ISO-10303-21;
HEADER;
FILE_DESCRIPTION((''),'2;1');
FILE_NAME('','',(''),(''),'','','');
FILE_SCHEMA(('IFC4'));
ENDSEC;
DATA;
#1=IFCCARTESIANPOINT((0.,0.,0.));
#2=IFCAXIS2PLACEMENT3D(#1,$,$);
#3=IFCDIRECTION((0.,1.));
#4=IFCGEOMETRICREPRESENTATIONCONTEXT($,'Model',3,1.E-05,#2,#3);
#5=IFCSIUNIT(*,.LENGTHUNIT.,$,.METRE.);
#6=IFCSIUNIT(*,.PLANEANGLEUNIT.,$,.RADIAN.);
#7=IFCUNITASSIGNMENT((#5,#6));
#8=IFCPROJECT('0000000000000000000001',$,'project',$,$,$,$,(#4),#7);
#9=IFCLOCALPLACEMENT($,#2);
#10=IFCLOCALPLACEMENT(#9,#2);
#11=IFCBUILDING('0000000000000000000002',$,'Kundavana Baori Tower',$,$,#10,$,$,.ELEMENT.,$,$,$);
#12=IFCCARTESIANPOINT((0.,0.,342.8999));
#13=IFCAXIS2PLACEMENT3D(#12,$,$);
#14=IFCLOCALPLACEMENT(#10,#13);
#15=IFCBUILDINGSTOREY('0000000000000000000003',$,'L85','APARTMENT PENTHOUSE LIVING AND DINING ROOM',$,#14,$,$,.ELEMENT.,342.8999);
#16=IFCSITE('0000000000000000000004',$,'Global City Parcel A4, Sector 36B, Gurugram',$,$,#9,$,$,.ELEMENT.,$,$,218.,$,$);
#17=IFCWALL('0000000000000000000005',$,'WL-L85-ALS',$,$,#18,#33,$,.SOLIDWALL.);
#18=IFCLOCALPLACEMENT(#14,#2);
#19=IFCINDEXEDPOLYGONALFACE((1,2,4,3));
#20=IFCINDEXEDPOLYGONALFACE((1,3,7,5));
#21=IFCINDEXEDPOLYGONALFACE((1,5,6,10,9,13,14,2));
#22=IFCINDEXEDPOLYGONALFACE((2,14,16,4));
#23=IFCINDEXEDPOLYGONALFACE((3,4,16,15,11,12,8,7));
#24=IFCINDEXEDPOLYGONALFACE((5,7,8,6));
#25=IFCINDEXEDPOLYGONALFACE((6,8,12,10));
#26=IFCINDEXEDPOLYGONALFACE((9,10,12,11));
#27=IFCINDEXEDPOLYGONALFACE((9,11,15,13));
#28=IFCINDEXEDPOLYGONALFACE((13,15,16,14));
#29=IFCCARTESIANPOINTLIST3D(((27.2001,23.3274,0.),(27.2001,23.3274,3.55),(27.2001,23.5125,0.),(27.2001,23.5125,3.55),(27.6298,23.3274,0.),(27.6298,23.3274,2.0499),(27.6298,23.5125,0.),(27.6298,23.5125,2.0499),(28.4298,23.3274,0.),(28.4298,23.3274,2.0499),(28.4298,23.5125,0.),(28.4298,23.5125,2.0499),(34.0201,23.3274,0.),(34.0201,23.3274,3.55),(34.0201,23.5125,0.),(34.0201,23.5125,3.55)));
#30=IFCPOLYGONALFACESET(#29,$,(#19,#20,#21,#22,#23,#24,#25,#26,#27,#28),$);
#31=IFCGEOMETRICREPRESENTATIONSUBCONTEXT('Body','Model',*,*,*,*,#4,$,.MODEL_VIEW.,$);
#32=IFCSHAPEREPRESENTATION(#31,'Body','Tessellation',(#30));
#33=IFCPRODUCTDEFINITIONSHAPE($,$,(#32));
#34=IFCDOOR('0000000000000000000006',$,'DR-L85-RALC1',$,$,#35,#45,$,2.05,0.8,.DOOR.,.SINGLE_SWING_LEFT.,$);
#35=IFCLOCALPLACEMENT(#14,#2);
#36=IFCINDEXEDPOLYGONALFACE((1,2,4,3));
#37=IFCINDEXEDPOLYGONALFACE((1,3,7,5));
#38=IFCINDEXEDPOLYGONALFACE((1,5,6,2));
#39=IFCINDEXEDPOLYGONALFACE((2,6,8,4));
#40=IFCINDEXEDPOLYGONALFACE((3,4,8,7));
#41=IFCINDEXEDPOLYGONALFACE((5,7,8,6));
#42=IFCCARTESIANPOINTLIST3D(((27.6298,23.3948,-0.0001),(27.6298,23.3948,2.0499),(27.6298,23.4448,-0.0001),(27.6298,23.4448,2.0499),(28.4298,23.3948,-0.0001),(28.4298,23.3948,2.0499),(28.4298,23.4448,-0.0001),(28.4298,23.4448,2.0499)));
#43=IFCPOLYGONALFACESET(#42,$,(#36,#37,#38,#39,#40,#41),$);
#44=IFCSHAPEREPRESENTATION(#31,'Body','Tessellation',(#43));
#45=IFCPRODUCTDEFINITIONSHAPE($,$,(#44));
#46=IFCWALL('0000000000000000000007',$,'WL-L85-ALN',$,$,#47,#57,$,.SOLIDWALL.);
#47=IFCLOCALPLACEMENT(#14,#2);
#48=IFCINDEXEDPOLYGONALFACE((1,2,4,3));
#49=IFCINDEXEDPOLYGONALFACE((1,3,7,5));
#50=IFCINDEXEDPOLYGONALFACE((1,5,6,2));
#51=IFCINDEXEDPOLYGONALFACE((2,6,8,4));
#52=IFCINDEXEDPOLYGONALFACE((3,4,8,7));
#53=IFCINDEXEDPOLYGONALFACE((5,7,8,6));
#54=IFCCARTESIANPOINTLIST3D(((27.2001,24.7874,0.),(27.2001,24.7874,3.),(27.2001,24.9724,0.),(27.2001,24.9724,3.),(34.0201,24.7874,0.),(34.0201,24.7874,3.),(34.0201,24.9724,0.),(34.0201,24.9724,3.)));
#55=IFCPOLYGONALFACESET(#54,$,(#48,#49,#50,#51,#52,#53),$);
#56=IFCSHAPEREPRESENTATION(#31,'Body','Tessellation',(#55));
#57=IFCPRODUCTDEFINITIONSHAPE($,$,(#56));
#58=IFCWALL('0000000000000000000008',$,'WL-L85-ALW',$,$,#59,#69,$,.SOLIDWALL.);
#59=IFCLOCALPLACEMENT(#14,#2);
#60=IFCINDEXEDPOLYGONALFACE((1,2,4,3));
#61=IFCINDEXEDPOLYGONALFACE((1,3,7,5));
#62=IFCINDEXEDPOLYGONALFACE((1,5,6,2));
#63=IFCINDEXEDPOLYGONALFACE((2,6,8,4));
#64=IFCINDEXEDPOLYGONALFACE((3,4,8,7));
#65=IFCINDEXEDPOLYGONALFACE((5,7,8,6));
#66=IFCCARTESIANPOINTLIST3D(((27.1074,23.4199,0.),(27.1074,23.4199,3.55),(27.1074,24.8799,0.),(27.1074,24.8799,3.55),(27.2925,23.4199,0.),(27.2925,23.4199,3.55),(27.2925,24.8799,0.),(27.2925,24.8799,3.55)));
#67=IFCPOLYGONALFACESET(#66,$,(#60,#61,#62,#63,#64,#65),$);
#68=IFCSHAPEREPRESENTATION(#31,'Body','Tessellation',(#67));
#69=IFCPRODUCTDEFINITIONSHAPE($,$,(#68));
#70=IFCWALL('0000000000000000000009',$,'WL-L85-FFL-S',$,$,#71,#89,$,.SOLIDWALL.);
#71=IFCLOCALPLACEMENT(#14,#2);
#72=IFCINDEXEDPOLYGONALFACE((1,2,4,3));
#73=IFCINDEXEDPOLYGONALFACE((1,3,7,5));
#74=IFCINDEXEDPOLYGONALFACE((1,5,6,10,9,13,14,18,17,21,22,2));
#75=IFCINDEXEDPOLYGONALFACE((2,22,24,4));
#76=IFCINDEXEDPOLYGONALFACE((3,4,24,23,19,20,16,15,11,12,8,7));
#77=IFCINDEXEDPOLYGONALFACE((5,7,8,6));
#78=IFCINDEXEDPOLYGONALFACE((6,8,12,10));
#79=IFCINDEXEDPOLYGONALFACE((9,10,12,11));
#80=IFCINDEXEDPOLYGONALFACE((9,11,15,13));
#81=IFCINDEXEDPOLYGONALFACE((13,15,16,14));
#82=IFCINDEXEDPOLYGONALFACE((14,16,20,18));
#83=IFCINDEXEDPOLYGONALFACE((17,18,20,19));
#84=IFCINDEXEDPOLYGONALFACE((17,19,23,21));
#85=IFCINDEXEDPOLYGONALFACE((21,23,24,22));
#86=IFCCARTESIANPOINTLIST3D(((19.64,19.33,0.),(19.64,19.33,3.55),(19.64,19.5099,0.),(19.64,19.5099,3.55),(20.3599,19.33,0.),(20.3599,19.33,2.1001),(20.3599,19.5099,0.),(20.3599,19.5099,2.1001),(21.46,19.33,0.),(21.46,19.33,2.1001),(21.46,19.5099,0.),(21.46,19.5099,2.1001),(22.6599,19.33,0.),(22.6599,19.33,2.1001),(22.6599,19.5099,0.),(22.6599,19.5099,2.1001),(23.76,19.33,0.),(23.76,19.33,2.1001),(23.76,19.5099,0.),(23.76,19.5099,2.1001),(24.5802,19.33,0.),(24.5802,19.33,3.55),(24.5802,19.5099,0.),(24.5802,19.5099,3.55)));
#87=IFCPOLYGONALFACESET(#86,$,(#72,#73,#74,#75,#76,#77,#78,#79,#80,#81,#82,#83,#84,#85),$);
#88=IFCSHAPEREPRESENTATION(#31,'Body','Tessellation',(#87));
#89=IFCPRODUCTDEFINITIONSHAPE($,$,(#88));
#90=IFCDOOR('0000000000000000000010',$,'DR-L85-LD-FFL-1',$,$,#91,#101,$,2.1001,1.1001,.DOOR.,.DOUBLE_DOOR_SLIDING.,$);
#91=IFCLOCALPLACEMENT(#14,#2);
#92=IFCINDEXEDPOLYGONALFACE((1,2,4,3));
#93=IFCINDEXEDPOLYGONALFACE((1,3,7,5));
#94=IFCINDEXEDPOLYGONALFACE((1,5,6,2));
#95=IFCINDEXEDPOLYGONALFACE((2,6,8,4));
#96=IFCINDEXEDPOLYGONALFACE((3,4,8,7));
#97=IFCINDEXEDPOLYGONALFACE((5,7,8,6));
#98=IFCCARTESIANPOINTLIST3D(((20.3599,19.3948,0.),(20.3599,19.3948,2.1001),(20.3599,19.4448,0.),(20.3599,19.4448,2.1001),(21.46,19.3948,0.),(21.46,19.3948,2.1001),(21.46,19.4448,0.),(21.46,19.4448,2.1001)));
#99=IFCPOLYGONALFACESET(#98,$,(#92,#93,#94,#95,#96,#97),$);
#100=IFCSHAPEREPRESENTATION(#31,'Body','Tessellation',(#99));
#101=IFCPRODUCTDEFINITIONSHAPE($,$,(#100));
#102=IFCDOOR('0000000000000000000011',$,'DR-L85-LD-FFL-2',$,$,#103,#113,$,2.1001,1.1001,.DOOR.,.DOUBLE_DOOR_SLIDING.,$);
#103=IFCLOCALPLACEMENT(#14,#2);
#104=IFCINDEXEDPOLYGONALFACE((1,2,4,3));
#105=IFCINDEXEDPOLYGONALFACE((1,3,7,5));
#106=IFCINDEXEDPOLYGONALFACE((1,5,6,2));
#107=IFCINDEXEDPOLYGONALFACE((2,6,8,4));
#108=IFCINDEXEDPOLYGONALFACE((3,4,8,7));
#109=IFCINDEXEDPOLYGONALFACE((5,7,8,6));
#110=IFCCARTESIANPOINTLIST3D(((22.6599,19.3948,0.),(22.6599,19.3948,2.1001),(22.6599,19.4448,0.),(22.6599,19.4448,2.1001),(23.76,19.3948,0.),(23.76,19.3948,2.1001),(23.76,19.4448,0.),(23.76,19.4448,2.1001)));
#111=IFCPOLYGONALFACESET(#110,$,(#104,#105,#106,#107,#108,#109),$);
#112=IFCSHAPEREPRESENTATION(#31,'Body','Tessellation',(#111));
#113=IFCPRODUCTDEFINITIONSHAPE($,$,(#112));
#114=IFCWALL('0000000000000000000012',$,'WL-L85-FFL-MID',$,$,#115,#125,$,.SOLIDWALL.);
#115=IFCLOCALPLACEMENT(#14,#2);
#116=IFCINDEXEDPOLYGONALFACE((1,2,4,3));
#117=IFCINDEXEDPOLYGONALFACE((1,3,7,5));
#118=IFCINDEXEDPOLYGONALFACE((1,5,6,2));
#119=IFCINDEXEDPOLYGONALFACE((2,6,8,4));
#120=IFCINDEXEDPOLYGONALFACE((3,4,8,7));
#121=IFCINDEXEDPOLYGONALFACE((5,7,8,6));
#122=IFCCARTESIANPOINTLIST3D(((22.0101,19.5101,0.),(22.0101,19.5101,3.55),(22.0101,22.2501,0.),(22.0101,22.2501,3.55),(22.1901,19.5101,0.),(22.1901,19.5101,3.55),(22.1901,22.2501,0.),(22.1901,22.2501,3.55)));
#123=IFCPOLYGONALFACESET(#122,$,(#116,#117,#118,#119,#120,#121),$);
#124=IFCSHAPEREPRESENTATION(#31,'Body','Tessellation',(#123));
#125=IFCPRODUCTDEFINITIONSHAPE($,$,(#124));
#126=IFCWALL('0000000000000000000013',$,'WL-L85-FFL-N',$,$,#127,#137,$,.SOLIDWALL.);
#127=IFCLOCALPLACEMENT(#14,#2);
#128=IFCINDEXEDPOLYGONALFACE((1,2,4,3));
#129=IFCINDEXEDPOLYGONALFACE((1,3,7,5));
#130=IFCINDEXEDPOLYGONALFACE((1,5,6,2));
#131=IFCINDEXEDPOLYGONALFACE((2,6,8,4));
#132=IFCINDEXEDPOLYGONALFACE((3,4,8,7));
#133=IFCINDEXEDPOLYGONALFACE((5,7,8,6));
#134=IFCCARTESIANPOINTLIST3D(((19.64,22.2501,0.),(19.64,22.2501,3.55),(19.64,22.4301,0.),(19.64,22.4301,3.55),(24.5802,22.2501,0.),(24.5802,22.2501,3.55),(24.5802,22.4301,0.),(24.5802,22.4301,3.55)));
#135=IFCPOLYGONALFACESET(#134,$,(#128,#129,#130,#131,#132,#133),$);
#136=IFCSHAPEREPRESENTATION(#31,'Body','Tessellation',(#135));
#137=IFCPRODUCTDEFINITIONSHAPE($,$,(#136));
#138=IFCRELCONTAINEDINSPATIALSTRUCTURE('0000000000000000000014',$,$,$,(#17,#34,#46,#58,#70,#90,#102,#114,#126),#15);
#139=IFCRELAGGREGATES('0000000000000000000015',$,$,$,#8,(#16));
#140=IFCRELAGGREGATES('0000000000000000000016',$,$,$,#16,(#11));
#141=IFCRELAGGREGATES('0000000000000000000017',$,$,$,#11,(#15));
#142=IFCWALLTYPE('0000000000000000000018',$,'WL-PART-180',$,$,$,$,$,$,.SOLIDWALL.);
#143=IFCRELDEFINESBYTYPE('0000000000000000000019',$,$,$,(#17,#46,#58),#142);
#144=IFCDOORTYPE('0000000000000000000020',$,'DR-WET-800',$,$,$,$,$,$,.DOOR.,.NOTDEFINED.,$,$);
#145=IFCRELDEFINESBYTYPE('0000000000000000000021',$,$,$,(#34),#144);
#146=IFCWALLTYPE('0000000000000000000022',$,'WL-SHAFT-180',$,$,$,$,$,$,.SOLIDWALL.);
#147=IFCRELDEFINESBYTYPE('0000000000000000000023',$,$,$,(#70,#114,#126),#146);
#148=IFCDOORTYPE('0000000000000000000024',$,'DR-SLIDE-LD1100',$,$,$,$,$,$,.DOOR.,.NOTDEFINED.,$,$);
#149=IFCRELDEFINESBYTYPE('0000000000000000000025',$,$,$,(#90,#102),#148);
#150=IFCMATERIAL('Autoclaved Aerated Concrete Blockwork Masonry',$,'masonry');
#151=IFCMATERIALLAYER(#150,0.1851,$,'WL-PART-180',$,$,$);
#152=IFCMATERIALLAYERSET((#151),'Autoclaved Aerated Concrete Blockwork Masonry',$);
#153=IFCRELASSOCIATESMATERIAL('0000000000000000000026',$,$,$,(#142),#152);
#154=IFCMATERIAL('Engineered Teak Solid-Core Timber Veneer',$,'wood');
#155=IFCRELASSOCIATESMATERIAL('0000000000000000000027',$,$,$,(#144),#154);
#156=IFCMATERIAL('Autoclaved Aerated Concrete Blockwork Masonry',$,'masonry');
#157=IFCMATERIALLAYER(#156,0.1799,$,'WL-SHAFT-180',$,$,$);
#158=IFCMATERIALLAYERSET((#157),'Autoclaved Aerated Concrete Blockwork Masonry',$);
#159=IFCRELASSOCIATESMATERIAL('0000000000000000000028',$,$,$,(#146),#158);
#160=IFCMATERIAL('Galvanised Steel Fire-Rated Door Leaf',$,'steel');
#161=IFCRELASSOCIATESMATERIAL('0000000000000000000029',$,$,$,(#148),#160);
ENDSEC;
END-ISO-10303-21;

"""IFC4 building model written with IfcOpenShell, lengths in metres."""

from ifc_helpers import new_model, si_unit, direction, frame, frame_2d, origin, place, context, subcontext, project, spatial, rectangle, extrude, material, layer, layer_set, type_object, element, fill, save


model = new_model("IFC4")

# Units and contexts
model_context = context("Model", 3, precision=1e-05, world=origin(), true_north=direction((0.0, 1.0)))
body_context = subcontext(model_context, "Body", "Model", "MODEL_VIEW")
ifc_project = project(units=[si_unit("LENGTHUNIT", "METRE"), si_unit("PLANEANGLEUNIT", "RADIAN")], contexts=[model_context])

# Site, building, storey
site_placement = place(None, origin())
site = spatial("IfcSite", under=ifc_project, at=site_placement, Name="Global City Parcel A4, Sector 36B, Gurugram", CompositionType="ELEMENT", RefElevation=218.0)
building_placement = place(site_placement, origin())
building = spatial("IfcBuilding", under=site, at=building_placement, Name="Kundavana Baori Tower", CompositionType="ELEMENT")
storey_placement = place(building_placement, frame((0.0, 0.0, 342.8999)))
storey = spatial("IfcBuildingStorey", under=building, at=storey_placement, Name="L85", Description="APARTMENT PENTHOUSE LIVING AND DINING ROOM", CompositionType="ELEMENT", Elevation=342.8999)

# Wall, opening, door
ifc_material_1 = material(Name="Autoclaved Aerated Concrete Blockwork Masonry", Category="masonry")
ifc_layer_1 = layer(ifc_material_1, 0.1851, Name="WL-PART-180")
ifc_layer_set_1 = layer_set([ifc_layer_1], Name="Autoclaved Aerated Concrete Blockwork Masonry")
wall_type_1 = type_object("IfcWallType", Name="WL-PART-180", PredefinedType="SOLIDWALL", material=ifc_layer_set_1)
wall_1_placement = place(storey_placement, frame((27.2, 23.4199, 0.0), z_axis=(0.0, 0.0, 1.0), x_axis=(1.0, 0.0, 0.0)))
wall_1 = element("IfcWall", 1, at=wall_1_placement, inside=storey, type_object=wall_type_1, Name="WL-L85-ALS", PredefinedType="SOLIDWALL", context=body_context, shape_type="SweptSolid", body=[
    extrude(rectangle(XDim=6.8201, YDim=0.1851, at=frame_2d((3.4102, 0.0))), origin(), (0.0, 0.0, 1.0), 3.55),
])
opening_1_placement = place(wall_1_placement, frame((0.4299, 0.0, 0.0)))
opening_1 = element("IfcOpeningElement", 2, at=opening_1_placement, cuts=wall_1, PredefinedType="OPENING", context=body_context, shape_type="SweptSolid", body=[
    extrude(rectangle(XDim=0.8, YDim=2.05, at=frame_2d((0.3999, 1.0249))), frame((0.0, 0.1025, 0.0), z_axis=(0.0, -1.0, 0.0), x_axis=(1.0, 0.0, 0.0)), (0.0, 0.0, 1.0), 0.2051),
])
ifc_material_2 = material(Name="Engineered Teak Solid-Core Timber Veneer", Category="wood")
door_type_1 = type_object("IfcDoorType", Name="DR-WET-800", OperationType="NOTDEFINED", PredefinedType="DOOR", material=ifc_material_2)
door_1_placement = place(opening_1_placement, origin())
door_1 = element("IfcDoor", 3, at=door_1_placement, inside=storey, type_object=door_type_1, Name="DR-L85-RALC1", OperationType="SINGLE_SWING_LEFT", OverallHeight=2.05, OverallWidth=0.8, PredefinedType="DOOR", context=body_context, shape_type="SweptSolid", body=[
    extrude(rectangle(XDim=0.8, YDim=2.05, at=frame_2d((0.3999, 1.0249))), frame((0.0, 0.0249, 0.0), z_axis=(0.0, -1.0, 0.0), x_axis=(1.0, 0.0, 0.0)), (0.0, 0.0, 1.0), 0.05),
])
fill(opening_1, door_1)

# Walls
wall_2_placement = place(storey_placement, frame((27.2, 24.8799, 0.0), z_axis=(0.0, 0.0, 1.0), x_axis=(1.0, 0.0, 0.0)))
element("IfcWall", 4, at=wall_2_placement, inside=storey, type_object=wall_type_1, Name="WL-L85-ALN", PredefinedType="SOLIDWALL", context=body_context, shape_type="SweptSolid", body=[
    extrude(rectangle(XDim=6.8201, YDim=0.1851, at=frame_2d((3.4102, 0.0))), origin(), (0.0, 0.0, 1.0), 3.0),
])
wall_3_placement = place(storey_placement, frame((27.2, 23.4199, 0.0), z_axis=(0.0, 0.0, 1.0), x_axis=(0.0, 1.0, 0.0)))
element("IfcWall", 5, at=wall_3_placement, inside=storey, type_object=wall_type_1, Name="WL-L85-ALW", PredefinedType="SOLIDWALL", context=body_context, shape_type="SweptSolid", body=[
    extrude(rectangle(XDim=1.46, YDim=0.1851, at=frame_2d((0.73, 0.0))), origin(), (0.0, 0.0, 1.0), 3.55),
])

# Wall, openings, doors
ifc_material_3 = material(Name="Autoclaved Aerated Concrete Blockwork Masonry", Category="masonry")
ifc_layer_2 = layer(ifc_material_3, 0.1799, Name="WL-SHAFT-180")
ifc_layer_set_2 = layer_set([ifc_layer_2], Name="Autoclaved Aerated Concrete Blockwork Masonry")
wall_type_2 = type_object("IfcWallType", Name="WL-SHAFT-180", PredefinedType="SOLIDWALL", material=ifc_layer_set_2)
wall_4_placement = place(storey_placement, frame((19.6399, 19.4199, 0.0), z_axis=(0.0, 0.0, 1.0), x_axis=(1.0, 0.0, 0.0)))
wall_4 = element("IfcWall", 6, at=wall_4_placement, inside=storey, type_object=wall_type_2, Name="WL-L85-FFL-S", PredefinedType="SOLIDWALL", context=body_context, shape_type="SweptSolid", body=[
    extrude(rectangle(XDim=4.9402, YDim=0.1799, at=frame_2d((2.4702, 0.0))), origin(), (0.0, 0.0, 1.0), 3.55),
])
opening_2_placement = place(wall_4_placement, frame((0.72, 0.0, 0.0)))
opening_2 = element("IfcOpeningElement", 7, at=opening_2_placement, cuts=wall_4, PredefinedType="OPENING", context=body_context, shape_type="SweptSolid", body=[
    extrude(rectangle(XDim=1.1001, YDim=2.1001, at=frame_2d((0.55, 1.05))), frame((0.0, 0.1001, 0.0), z_axis=(0.0, -1.0, 0.0), x_axis=(1.0, 0.0, 0.0)), (0.0, 0.0, 1.0), 0.2),
])
opening_3_placement = place(wall_4_placement, frame((3.02, 0.0, 0.0)))
opening_3 = element("IfcOpeningElement", 8, at=opening_3_placement, cuts=wall_4, PredefinedType="OPENING", context=body_context, shape_type="SweptSolid", body=[
    extrude(rectangle(XDim=1.1001, YDim=2.1001, at=frame_2d((0.55, 1.05))), frame((0.0, 0.1001, 0.0), z_axis=(0.0, -1.0, 0.0), x_axis=(1.0, 0.0, 0.0)), (0.0, 0.0, 1.0), 0.2),
])
ifc_material_4 = material(Name="Galvanised Steel Fire-Rated Door Leaf", Category="steel")
door_type_2 = type_object("IfcDoorType", Name="DR-SLIDE-LD1100", OperationType="NOTDEFINED", PredefinedType="DOOR", material=ifc_material_4)
door_2_placement = place(opening_2_placement, origin())
door_2 = element("IfcDoor", 9, at=door_2_placement, inside=storey, type_object=door_type_2, Name="DR-L85-LD-FFL-1", OperationType="DOUBLE_DOOR_SLIDING", OverallHeight=2.1001, OverallWidth=1.1001, PredefinedType="DOOR", context=body_context, shape_type="SweptSolid", body=[
    extrude(rectangle(XDim=1.1001, YDim=2.1001, at=frame_2d((0.55, 1.05))), frame((0.0, 0.0249, 0.0), z_axis=(0.0, -1.0, 0.0), x_axis=(1.0, 0.0, 0.0)), (0.0, 0.0, 1.0), 0.05),
])
fill(opening_2, door_2)
door_3_placement = place(opening_3_placement, origin())
door_3 = element("IfcDoor", 10, at=door_3_placement, inside=storey, type_object=door_type_2, Name="DR-L85-LD-FFL-2", OperationType="DOUBLE_DOOR_SLIDING", OverallHeight=2.1001, OverallWidth=1.1001, PredefinedType="DOOR", context=body_context, shape_type="SweptSolid", body=[
    extrude(rectangle(XDim=1.1001, YDim=2.1001, at=frame_2d((0.55, 1.05))), frame((0.0, 0.0249, 0.0), z_axis=(0.0, -1.0, 0.0), x_axis=(1.0, 0.0, 0.0)), (0.0, 0.0, 1.0), 0.05),
])
fill(opening_3, door_3)

# Walls
wall_5_placement = place(storey_placement, frame((22.1001, 19.51, 0.0), z_axis=(0.0, 0.0, 1.0), x_axis=(0.0, 1.0, 0.0)))
element("IfcWall", 11, at=wall_5_placement, inside=storey, type_object=wall_type_2, Name="WL-L85-FFL-MID", PredefinedType="SOLIDWALL", context=body_context, shape_type="SweptSolid", body=[
    extrude(rectangle(XDim=2.74, YDim=0.1799, at=frame_2d((1.3701, 0.0))), origin(), (0.0, 0.0, 1.0), 3.55),
])
wall_6_placement = place(storey_placement, frame((19.6399, 22.3401, 0.0), z_axis=(0.0, 0.0, 1.0), x_axis=(1.0, 0.0, 0.0)))
element("IfcWall", 12, at=wall_6_placement, inside=storey, type_object=wall_type_2, Name="WL-L85-FFL-N", PredefinedType="SOLIDWALL", context=body_context, shape_type="SweptSolid", body=[
    extrude(rectangle(XDim=4.9402, YDim=0.1799, at=frame_2d((2.4702, 0.0))), origin(), (0.0, 0.0, 1.0), 3.55),
])

save(model, "model.ifc")
